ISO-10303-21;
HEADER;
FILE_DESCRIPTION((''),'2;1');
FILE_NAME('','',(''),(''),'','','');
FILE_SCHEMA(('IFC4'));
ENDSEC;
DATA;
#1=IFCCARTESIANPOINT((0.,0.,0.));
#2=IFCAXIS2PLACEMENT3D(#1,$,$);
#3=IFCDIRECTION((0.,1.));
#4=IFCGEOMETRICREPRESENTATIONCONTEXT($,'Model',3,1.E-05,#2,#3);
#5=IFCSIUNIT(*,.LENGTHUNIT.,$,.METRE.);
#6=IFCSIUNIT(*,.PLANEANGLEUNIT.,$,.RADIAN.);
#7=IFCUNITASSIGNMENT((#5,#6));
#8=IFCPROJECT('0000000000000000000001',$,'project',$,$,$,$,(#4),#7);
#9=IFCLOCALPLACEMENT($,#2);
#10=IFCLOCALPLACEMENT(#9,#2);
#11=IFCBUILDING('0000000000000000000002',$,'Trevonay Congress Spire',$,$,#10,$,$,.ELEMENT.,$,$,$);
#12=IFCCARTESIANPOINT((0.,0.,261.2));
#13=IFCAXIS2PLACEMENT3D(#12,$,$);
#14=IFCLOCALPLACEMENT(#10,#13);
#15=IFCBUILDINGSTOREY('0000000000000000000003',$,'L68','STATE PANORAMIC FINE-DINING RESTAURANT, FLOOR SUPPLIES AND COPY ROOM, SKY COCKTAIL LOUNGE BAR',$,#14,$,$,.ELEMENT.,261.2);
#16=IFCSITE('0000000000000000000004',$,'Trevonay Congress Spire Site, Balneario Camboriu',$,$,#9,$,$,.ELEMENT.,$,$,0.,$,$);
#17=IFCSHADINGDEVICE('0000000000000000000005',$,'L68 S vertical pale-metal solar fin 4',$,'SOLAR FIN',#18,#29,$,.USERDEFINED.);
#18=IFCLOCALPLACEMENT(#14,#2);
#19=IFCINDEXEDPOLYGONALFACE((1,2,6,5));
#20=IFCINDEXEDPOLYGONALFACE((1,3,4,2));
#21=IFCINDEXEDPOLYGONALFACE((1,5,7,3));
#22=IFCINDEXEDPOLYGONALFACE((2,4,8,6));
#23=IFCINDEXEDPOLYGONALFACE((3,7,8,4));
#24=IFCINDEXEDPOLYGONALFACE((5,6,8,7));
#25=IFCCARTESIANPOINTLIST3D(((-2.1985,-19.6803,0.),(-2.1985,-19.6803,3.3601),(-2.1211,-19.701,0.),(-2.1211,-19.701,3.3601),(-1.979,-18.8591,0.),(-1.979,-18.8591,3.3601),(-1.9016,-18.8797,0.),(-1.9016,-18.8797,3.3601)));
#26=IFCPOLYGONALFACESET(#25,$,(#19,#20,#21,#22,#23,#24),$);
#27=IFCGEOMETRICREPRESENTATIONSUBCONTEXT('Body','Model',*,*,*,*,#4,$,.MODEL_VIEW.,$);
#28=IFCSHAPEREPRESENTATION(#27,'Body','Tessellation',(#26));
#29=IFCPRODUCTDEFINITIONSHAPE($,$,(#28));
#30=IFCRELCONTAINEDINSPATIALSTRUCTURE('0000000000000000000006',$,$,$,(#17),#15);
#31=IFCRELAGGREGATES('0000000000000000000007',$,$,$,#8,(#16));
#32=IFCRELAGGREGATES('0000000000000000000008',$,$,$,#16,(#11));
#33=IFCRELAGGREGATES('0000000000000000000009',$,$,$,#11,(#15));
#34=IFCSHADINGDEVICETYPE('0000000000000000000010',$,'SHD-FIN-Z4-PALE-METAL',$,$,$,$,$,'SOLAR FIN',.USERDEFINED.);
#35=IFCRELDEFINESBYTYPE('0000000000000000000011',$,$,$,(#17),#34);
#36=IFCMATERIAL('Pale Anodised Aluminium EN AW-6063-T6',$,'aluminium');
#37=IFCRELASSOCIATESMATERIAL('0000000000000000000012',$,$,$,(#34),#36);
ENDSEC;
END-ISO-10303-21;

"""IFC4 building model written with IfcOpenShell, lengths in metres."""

from ifc_helpers import new_model, si_unit, direction, frame, origin, origin_2d, place, context, subcontext, project, spatial, rectangle, extrude, material, type_object, element, save


model = new_model("IFC4")

# Units and contexts
model_context = context("Model", 3, precision=1e-05, world=origin(), true_north=direction((0.0, 1.0)))
body_context = subcontext(model_context, "Body", "Model", "MODEL_VIEW")
ifc_project = project(units=[si_unit("LENGTHUNIT", "METRE"), si_unit("PLANEANGLEUNIT", "RADIAN")], contexts=[model_context])

# Site, building, storey
site_placement = place(None, origin())
site = spatial("IfcSite", under=ifc_project, at=site_placement, Name="Trevonay Congress Spire Site, Balneario Camboriu", CompositionType="ELEMENT", RefElevation=0.0)
building_placement = place(site_placement, origin())
building = spatial("IfcBuilding", under=site, at=building_placement, Name="Trevonay Congress Spire", CompositionType="ELEMENT")
storey_placement = place(building_placement, frame((0.0, 0.0, 261.2)))
storey = spatial("IfcBuildingStorey", under=building, at=storey_placement, Name="L68", Description="STATE PANORAMIC FINE-DINING RESTAURANT, FLOOR SUPPLIES AND COPY ROOM, SKY COCKTAIL LOUNGE BAR", CompositionType="ELEMENT", Elevation=261.2)

# Shared definitions
ifc_material_1 = material(Name="Pale Anodised Aluminium EN AW-6063-T6", Category="aluminium")

# Shading device
shading_device_type = type_object("IfcShadingDeviceType", Name="SHD-FIN-Z4-PALE-METAL", ElementType="SOLAR FIN", PredefinedType="USERDEFINED", material=ifc_material_1)
for number, where, z_axis, x_axis, name in (
    (1, (-2.05, -19.28, 0.0), (0.0, 0.0, 1.0), (0.966106, -0.258145, 0.0), "L68 S vertical pale-metal solar fin 4"),
):
    element("IfcShadingDevice", number, at=place(storey_placement, frame(where, z_axis=z_axis, x_axis=x_axis)), inside=storey, type_object=shading_device_type, Name=name, ObjectType="SOLAR FIN", PredefinedType="USERDEFINED", context=body_context, shape_type="SweptSolid", body=[
        extrude(rectangle(XDim=0.0801, YDim=0.8501, at=origin_2d()), origin(), (0.0, 0.0, 1.0), 3.3601),
    ])

save(model, "model.ifc")
